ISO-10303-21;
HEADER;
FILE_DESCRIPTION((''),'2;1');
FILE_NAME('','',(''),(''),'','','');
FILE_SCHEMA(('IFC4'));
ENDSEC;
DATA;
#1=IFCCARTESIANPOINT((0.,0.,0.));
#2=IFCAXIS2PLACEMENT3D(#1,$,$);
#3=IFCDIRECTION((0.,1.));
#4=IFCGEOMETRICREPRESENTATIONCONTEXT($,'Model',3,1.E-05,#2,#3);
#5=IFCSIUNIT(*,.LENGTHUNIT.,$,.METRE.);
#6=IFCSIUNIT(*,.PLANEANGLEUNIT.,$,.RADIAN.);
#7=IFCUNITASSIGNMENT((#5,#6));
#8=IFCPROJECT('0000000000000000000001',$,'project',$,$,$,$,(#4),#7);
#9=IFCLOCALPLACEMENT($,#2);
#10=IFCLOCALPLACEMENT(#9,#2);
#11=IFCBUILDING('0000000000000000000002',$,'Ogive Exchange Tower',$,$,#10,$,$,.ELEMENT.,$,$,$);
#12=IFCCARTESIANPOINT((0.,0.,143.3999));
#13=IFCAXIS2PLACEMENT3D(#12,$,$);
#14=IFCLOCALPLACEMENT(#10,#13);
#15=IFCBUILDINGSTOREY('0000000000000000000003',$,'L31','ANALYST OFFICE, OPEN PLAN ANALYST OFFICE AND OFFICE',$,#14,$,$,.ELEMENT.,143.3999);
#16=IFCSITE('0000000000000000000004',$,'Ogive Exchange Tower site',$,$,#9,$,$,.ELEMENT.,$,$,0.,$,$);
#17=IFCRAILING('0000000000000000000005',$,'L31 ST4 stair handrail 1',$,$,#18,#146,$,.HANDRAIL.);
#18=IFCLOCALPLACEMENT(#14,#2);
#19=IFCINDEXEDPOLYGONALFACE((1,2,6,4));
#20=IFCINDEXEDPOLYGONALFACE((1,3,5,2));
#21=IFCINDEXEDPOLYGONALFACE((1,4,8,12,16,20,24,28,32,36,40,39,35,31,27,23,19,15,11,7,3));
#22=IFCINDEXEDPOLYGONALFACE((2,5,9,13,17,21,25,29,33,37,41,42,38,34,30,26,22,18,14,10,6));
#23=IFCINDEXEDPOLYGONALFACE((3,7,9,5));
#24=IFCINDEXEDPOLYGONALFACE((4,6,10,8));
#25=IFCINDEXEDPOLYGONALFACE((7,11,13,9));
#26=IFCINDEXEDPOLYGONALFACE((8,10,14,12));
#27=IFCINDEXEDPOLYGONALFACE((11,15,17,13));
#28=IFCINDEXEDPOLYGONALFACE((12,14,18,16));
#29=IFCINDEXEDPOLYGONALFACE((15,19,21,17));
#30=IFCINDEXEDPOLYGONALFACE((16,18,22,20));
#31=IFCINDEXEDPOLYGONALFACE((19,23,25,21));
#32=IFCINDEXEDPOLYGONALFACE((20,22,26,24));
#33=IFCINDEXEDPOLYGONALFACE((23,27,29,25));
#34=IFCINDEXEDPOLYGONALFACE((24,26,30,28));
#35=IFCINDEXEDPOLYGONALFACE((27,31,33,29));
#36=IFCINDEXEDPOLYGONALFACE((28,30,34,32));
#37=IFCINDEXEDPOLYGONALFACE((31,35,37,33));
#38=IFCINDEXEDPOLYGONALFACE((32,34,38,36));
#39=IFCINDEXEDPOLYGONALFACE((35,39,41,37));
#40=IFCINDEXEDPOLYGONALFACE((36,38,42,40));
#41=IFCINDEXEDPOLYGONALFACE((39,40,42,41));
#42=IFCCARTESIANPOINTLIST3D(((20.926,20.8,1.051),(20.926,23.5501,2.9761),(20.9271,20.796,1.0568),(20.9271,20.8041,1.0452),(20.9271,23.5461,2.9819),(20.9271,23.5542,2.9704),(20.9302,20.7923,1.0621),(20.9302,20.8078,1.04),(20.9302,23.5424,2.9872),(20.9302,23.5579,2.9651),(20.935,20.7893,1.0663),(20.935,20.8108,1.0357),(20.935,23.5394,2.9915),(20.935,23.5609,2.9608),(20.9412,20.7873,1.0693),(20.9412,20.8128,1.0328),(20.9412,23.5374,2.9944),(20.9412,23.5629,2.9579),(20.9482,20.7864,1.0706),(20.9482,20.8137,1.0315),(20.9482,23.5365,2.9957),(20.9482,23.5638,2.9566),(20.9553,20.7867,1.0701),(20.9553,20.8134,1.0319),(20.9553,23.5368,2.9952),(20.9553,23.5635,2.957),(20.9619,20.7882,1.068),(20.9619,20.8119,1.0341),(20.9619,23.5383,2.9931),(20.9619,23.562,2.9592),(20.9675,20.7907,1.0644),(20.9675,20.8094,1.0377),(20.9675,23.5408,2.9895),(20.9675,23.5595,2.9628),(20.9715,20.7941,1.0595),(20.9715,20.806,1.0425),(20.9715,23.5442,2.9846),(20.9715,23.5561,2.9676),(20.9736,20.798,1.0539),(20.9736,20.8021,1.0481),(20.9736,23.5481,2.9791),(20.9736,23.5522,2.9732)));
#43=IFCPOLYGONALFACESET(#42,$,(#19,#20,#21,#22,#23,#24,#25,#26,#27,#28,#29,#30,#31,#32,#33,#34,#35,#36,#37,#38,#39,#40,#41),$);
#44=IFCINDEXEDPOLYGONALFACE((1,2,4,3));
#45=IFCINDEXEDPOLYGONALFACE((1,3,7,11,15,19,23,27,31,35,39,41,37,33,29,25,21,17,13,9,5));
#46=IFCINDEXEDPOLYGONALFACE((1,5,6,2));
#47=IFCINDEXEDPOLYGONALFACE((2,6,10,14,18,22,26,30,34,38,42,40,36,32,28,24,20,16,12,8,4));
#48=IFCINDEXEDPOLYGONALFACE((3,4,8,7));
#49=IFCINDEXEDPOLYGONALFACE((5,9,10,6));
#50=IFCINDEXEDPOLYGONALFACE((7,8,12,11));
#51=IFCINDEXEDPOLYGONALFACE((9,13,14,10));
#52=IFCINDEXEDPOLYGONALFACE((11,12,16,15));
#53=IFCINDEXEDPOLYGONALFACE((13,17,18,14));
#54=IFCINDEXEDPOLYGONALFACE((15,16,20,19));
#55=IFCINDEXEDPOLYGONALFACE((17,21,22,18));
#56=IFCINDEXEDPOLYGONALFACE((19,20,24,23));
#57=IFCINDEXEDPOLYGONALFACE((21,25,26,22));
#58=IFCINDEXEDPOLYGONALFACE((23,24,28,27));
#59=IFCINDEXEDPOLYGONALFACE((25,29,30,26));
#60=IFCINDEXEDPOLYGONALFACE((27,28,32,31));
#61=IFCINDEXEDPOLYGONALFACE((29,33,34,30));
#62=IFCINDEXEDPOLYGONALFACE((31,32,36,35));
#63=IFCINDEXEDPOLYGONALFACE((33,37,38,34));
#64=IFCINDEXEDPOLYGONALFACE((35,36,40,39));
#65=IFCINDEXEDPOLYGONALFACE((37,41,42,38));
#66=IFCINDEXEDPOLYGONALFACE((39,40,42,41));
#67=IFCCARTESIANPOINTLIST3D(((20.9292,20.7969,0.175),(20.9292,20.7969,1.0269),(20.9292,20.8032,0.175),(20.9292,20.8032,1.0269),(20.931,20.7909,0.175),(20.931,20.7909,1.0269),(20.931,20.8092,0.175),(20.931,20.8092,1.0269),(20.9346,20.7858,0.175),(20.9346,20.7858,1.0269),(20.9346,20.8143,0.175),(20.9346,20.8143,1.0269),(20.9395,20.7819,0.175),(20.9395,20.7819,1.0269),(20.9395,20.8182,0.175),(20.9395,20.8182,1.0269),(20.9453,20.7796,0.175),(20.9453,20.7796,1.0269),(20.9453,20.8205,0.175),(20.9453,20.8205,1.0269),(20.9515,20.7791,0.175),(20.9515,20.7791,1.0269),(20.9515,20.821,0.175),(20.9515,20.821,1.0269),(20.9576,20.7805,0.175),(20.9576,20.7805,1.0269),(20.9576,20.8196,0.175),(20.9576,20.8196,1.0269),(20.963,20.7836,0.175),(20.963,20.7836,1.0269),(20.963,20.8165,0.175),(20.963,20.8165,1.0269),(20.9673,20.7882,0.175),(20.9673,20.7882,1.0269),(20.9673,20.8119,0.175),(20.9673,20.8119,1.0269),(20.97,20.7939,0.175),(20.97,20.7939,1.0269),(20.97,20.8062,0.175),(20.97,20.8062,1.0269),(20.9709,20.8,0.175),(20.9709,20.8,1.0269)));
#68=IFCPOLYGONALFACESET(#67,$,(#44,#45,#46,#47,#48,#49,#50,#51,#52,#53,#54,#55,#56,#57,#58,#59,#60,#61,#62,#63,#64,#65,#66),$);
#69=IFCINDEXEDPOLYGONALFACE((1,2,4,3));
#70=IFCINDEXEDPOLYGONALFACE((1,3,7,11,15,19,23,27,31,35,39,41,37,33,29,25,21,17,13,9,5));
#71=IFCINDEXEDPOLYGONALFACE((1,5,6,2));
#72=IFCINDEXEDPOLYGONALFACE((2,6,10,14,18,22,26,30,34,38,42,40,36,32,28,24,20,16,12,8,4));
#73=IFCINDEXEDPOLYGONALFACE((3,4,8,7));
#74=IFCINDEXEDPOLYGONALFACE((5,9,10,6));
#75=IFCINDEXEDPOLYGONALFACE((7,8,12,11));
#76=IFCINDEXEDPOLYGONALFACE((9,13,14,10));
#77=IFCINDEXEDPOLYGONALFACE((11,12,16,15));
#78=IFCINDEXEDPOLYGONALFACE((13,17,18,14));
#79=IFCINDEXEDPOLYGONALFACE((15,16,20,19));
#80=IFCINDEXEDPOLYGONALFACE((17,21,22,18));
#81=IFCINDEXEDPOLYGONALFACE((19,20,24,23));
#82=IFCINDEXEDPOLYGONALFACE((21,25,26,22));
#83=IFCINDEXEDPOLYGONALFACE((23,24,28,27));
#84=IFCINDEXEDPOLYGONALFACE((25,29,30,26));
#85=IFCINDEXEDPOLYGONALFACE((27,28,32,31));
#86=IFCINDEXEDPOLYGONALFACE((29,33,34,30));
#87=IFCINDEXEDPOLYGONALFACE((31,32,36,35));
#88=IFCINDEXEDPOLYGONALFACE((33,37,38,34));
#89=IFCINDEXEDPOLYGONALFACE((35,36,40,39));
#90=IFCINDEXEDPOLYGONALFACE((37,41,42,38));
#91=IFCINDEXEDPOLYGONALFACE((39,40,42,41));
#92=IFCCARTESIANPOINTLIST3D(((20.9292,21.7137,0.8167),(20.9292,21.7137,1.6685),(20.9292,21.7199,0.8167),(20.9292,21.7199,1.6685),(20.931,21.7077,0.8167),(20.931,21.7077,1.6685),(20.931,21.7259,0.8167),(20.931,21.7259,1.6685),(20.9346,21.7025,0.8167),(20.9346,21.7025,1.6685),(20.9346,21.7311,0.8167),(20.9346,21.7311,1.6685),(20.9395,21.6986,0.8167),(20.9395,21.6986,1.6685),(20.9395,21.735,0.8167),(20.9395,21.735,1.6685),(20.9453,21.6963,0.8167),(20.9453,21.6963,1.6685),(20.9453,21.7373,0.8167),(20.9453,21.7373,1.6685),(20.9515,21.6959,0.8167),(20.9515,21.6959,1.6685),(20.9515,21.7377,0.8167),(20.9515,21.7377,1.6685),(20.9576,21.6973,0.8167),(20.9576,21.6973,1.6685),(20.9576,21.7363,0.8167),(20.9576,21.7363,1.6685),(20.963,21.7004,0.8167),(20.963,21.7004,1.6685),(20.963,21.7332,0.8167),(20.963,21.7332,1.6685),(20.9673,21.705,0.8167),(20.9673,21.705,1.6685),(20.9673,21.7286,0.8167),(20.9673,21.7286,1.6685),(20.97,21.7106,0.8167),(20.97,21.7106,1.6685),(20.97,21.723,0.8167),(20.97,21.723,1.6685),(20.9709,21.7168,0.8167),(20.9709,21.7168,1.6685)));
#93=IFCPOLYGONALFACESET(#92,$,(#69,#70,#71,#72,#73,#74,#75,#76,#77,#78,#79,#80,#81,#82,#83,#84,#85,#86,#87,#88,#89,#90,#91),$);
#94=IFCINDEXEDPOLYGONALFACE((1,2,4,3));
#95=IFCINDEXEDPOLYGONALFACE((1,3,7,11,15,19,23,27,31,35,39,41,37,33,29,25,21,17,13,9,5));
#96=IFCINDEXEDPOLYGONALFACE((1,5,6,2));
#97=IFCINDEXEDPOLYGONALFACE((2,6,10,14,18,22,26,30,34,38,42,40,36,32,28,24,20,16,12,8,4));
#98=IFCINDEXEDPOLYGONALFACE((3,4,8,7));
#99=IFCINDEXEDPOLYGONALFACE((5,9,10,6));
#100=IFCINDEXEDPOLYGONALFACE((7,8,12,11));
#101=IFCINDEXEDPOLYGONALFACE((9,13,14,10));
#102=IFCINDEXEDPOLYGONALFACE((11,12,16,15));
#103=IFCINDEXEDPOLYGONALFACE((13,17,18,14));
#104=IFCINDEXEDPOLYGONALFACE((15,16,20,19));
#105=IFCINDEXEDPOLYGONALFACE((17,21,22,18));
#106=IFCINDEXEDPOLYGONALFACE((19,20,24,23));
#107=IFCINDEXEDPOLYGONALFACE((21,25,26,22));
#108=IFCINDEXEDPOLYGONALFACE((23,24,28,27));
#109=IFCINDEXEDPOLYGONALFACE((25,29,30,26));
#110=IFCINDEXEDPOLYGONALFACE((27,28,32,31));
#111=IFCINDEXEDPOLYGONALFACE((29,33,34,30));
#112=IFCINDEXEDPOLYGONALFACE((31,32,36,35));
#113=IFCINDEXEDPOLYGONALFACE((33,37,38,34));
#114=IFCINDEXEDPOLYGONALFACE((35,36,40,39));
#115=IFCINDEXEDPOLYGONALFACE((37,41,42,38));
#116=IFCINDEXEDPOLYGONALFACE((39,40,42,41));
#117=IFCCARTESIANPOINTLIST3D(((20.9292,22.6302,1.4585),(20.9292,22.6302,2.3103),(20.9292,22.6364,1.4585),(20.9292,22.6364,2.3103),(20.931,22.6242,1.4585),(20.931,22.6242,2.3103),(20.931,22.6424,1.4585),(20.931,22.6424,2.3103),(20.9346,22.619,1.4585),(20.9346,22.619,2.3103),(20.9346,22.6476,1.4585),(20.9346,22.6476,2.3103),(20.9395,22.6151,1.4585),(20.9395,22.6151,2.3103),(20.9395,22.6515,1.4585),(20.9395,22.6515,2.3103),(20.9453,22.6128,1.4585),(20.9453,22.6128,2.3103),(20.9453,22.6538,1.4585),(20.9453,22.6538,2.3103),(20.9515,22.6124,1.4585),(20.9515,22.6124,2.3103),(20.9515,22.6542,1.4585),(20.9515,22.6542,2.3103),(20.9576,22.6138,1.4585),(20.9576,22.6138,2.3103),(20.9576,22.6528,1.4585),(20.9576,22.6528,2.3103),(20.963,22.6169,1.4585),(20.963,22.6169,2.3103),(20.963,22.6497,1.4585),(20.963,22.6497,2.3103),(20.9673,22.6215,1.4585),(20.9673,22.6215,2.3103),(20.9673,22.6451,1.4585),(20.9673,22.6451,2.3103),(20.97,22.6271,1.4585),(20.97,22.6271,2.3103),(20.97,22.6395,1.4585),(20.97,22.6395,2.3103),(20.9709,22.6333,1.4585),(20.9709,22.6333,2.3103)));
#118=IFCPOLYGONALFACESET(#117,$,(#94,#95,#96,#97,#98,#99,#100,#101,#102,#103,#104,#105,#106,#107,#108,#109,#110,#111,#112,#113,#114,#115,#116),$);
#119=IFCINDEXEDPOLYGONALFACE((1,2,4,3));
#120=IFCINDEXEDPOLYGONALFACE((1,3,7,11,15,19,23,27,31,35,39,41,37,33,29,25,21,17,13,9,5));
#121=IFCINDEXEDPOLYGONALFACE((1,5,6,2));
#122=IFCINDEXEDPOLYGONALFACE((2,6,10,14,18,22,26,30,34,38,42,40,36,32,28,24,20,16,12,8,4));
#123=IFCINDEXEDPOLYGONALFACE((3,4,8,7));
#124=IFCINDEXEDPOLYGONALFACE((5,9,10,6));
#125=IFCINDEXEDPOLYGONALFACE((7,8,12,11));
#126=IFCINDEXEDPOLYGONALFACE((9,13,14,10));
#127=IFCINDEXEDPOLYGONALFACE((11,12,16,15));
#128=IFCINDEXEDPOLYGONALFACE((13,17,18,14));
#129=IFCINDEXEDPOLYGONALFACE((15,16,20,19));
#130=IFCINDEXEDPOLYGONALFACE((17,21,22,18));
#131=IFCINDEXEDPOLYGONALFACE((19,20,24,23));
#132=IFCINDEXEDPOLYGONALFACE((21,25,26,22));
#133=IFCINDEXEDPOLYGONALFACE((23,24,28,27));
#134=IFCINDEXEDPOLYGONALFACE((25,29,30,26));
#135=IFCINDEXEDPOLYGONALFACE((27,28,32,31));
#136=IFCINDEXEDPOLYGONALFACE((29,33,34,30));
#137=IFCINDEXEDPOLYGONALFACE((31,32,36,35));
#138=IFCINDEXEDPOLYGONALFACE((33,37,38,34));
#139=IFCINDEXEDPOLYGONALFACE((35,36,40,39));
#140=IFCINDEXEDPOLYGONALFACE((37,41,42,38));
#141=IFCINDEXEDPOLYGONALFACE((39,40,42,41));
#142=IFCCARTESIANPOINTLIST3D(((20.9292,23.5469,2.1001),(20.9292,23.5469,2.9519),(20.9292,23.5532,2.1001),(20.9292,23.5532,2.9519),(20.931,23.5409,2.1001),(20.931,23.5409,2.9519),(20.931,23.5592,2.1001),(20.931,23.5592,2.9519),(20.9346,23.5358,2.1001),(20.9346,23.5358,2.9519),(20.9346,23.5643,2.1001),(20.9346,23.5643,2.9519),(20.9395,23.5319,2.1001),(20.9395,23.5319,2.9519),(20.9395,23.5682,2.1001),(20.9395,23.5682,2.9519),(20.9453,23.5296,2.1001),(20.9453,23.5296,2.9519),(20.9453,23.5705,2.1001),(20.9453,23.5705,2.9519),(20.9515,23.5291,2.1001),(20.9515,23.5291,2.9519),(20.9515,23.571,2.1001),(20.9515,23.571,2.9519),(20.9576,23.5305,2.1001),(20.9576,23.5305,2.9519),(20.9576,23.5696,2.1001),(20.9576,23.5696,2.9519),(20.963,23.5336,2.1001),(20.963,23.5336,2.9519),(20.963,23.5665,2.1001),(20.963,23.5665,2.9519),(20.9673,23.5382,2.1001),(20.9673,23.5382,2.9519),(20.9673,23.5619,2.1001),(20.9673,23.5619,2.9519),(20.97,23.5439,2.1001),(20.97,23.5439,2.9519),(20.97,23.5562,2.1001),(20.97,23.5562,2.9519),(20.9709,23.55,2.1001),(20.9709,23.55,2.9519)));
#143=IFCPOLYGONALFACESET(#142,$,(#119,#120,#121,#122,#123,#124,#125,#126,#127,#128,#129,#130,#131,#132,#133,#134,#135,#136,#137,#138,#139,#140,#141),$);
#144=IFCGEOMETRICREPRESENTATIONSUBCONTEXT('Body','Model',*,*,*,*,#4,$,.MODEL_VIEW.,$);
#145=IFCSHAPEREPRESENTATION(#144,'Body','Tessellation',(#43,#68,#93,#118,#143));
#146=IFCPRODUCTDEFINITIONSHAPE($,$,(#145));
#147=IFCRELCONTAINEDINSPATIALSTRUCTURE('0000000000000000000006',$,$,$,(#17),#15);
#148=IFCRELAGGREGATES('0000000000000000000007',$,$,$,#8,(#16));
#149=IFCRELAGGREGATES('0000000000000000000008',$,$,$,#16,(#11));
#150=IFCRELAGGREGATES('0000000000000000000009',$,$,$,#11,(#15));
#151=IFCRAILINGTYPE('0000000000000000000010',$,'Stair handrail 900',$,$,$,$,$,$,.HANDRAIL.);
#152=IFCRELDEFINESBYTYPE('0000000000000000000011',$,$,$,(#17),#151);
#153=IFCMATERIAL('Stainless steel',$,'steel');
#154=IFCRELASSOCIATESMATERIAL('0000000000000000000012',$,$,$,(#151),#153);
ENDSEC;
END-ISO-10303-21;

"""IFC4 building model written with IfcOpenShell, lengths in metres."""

from ifc_helpers import new_model, si_unit, direction, frame, origin, origin_2d, place, context, subcontext, project, spatial, circle, extrude, material, type_object, element, save


model = new_model("IFC4")

# Units and contexts
model_context = context("Model", 3, precision=1e-05, world=origin(), true_north=direction((0.0, 1.0)))
body_context = subcontext(model_context, "Body", "Model", "MODEL_VIEW")
ifc_project = project(units=[si_unit("LENGTHUNIT", "METRE"), si_unit("PLANEANGLEUNIT", "RADIAN")], contexts=[model_context])

# Site, building, storey
site_placement = place(None, origin())
site = spatial("IfcSite", under=ifc_project, at=site_placement, Name="Ogive Exchange Tower site", CompositionType="ELEMENT", RefElevation=0.0)
building_placement = place(site_placement, origin())
building = spatial("IfcBuilding", under=site, at=building_placement, Name="Ogive Exchange Tower", CompositionType="ELEMENT")
storey_placement = place(building_placement, frame((0.0, 0.0, 143.3999)))
storey = spatial("IfcBuildingStorey", under=building, at=storey_placement, Name="L31", Description="ANALYST OFFICE, OPEN PLAN ANALYST OFFICE AND OFFICE", CompositionType="ELEMENT", Elevation=143.3999)

# Railing
ifc_material_1 = material(Name="Stainless steel", Category="steel")
railing_type = type_object("IfcRailingType", Name="Stair handrail 900", PredefinedType="HANDRAIL", material=ifc_material_1)
railing_placement = place(storey_placement, frame((20.95, 20.8, 0.175)))
element("IfcRailing", 1, at=railing_placement, inside=storey, type_object=railing_type, Name="L31 ST4 stair handrail 1", PredefinedType="HANDRAIL", context=body_context, shape_type="SweptSolid", body=[
    extrude(circle(Radius=0.0239, at=origin_2d()), frame((0.0, 0.0, 0.876), z_axis=(0.0, 0.819225, 0.573472), x_axis=(-1.0, 0.0, 0.0)), (0.0, 0.0, 1.0), 3.3569),
    extrude(circle(Radius=0.021, at=origin_2d()), origin(), (0.0, 0.0, 1.0), 0.8518),
    extrude(circle(Radius=0.021, at=origin_2d()), frame((0.0, 0.9167, 0.6416)), (0.0, 0.0, 1.0), 0.8518),
    extrude(circle(Radius=0.021, at=origin_2d()), frame((0.0, 1.8333, 1.2834)), (0.0, 0.0, 1.0), 0.8518),
    extrude(circle(Radius=0.021, at=origin_2d()), frame((0.0, 2.75, 1.925)), (0.0, 0.0, 1.0), 0.8518),
])

save(model, "model.ifc")
